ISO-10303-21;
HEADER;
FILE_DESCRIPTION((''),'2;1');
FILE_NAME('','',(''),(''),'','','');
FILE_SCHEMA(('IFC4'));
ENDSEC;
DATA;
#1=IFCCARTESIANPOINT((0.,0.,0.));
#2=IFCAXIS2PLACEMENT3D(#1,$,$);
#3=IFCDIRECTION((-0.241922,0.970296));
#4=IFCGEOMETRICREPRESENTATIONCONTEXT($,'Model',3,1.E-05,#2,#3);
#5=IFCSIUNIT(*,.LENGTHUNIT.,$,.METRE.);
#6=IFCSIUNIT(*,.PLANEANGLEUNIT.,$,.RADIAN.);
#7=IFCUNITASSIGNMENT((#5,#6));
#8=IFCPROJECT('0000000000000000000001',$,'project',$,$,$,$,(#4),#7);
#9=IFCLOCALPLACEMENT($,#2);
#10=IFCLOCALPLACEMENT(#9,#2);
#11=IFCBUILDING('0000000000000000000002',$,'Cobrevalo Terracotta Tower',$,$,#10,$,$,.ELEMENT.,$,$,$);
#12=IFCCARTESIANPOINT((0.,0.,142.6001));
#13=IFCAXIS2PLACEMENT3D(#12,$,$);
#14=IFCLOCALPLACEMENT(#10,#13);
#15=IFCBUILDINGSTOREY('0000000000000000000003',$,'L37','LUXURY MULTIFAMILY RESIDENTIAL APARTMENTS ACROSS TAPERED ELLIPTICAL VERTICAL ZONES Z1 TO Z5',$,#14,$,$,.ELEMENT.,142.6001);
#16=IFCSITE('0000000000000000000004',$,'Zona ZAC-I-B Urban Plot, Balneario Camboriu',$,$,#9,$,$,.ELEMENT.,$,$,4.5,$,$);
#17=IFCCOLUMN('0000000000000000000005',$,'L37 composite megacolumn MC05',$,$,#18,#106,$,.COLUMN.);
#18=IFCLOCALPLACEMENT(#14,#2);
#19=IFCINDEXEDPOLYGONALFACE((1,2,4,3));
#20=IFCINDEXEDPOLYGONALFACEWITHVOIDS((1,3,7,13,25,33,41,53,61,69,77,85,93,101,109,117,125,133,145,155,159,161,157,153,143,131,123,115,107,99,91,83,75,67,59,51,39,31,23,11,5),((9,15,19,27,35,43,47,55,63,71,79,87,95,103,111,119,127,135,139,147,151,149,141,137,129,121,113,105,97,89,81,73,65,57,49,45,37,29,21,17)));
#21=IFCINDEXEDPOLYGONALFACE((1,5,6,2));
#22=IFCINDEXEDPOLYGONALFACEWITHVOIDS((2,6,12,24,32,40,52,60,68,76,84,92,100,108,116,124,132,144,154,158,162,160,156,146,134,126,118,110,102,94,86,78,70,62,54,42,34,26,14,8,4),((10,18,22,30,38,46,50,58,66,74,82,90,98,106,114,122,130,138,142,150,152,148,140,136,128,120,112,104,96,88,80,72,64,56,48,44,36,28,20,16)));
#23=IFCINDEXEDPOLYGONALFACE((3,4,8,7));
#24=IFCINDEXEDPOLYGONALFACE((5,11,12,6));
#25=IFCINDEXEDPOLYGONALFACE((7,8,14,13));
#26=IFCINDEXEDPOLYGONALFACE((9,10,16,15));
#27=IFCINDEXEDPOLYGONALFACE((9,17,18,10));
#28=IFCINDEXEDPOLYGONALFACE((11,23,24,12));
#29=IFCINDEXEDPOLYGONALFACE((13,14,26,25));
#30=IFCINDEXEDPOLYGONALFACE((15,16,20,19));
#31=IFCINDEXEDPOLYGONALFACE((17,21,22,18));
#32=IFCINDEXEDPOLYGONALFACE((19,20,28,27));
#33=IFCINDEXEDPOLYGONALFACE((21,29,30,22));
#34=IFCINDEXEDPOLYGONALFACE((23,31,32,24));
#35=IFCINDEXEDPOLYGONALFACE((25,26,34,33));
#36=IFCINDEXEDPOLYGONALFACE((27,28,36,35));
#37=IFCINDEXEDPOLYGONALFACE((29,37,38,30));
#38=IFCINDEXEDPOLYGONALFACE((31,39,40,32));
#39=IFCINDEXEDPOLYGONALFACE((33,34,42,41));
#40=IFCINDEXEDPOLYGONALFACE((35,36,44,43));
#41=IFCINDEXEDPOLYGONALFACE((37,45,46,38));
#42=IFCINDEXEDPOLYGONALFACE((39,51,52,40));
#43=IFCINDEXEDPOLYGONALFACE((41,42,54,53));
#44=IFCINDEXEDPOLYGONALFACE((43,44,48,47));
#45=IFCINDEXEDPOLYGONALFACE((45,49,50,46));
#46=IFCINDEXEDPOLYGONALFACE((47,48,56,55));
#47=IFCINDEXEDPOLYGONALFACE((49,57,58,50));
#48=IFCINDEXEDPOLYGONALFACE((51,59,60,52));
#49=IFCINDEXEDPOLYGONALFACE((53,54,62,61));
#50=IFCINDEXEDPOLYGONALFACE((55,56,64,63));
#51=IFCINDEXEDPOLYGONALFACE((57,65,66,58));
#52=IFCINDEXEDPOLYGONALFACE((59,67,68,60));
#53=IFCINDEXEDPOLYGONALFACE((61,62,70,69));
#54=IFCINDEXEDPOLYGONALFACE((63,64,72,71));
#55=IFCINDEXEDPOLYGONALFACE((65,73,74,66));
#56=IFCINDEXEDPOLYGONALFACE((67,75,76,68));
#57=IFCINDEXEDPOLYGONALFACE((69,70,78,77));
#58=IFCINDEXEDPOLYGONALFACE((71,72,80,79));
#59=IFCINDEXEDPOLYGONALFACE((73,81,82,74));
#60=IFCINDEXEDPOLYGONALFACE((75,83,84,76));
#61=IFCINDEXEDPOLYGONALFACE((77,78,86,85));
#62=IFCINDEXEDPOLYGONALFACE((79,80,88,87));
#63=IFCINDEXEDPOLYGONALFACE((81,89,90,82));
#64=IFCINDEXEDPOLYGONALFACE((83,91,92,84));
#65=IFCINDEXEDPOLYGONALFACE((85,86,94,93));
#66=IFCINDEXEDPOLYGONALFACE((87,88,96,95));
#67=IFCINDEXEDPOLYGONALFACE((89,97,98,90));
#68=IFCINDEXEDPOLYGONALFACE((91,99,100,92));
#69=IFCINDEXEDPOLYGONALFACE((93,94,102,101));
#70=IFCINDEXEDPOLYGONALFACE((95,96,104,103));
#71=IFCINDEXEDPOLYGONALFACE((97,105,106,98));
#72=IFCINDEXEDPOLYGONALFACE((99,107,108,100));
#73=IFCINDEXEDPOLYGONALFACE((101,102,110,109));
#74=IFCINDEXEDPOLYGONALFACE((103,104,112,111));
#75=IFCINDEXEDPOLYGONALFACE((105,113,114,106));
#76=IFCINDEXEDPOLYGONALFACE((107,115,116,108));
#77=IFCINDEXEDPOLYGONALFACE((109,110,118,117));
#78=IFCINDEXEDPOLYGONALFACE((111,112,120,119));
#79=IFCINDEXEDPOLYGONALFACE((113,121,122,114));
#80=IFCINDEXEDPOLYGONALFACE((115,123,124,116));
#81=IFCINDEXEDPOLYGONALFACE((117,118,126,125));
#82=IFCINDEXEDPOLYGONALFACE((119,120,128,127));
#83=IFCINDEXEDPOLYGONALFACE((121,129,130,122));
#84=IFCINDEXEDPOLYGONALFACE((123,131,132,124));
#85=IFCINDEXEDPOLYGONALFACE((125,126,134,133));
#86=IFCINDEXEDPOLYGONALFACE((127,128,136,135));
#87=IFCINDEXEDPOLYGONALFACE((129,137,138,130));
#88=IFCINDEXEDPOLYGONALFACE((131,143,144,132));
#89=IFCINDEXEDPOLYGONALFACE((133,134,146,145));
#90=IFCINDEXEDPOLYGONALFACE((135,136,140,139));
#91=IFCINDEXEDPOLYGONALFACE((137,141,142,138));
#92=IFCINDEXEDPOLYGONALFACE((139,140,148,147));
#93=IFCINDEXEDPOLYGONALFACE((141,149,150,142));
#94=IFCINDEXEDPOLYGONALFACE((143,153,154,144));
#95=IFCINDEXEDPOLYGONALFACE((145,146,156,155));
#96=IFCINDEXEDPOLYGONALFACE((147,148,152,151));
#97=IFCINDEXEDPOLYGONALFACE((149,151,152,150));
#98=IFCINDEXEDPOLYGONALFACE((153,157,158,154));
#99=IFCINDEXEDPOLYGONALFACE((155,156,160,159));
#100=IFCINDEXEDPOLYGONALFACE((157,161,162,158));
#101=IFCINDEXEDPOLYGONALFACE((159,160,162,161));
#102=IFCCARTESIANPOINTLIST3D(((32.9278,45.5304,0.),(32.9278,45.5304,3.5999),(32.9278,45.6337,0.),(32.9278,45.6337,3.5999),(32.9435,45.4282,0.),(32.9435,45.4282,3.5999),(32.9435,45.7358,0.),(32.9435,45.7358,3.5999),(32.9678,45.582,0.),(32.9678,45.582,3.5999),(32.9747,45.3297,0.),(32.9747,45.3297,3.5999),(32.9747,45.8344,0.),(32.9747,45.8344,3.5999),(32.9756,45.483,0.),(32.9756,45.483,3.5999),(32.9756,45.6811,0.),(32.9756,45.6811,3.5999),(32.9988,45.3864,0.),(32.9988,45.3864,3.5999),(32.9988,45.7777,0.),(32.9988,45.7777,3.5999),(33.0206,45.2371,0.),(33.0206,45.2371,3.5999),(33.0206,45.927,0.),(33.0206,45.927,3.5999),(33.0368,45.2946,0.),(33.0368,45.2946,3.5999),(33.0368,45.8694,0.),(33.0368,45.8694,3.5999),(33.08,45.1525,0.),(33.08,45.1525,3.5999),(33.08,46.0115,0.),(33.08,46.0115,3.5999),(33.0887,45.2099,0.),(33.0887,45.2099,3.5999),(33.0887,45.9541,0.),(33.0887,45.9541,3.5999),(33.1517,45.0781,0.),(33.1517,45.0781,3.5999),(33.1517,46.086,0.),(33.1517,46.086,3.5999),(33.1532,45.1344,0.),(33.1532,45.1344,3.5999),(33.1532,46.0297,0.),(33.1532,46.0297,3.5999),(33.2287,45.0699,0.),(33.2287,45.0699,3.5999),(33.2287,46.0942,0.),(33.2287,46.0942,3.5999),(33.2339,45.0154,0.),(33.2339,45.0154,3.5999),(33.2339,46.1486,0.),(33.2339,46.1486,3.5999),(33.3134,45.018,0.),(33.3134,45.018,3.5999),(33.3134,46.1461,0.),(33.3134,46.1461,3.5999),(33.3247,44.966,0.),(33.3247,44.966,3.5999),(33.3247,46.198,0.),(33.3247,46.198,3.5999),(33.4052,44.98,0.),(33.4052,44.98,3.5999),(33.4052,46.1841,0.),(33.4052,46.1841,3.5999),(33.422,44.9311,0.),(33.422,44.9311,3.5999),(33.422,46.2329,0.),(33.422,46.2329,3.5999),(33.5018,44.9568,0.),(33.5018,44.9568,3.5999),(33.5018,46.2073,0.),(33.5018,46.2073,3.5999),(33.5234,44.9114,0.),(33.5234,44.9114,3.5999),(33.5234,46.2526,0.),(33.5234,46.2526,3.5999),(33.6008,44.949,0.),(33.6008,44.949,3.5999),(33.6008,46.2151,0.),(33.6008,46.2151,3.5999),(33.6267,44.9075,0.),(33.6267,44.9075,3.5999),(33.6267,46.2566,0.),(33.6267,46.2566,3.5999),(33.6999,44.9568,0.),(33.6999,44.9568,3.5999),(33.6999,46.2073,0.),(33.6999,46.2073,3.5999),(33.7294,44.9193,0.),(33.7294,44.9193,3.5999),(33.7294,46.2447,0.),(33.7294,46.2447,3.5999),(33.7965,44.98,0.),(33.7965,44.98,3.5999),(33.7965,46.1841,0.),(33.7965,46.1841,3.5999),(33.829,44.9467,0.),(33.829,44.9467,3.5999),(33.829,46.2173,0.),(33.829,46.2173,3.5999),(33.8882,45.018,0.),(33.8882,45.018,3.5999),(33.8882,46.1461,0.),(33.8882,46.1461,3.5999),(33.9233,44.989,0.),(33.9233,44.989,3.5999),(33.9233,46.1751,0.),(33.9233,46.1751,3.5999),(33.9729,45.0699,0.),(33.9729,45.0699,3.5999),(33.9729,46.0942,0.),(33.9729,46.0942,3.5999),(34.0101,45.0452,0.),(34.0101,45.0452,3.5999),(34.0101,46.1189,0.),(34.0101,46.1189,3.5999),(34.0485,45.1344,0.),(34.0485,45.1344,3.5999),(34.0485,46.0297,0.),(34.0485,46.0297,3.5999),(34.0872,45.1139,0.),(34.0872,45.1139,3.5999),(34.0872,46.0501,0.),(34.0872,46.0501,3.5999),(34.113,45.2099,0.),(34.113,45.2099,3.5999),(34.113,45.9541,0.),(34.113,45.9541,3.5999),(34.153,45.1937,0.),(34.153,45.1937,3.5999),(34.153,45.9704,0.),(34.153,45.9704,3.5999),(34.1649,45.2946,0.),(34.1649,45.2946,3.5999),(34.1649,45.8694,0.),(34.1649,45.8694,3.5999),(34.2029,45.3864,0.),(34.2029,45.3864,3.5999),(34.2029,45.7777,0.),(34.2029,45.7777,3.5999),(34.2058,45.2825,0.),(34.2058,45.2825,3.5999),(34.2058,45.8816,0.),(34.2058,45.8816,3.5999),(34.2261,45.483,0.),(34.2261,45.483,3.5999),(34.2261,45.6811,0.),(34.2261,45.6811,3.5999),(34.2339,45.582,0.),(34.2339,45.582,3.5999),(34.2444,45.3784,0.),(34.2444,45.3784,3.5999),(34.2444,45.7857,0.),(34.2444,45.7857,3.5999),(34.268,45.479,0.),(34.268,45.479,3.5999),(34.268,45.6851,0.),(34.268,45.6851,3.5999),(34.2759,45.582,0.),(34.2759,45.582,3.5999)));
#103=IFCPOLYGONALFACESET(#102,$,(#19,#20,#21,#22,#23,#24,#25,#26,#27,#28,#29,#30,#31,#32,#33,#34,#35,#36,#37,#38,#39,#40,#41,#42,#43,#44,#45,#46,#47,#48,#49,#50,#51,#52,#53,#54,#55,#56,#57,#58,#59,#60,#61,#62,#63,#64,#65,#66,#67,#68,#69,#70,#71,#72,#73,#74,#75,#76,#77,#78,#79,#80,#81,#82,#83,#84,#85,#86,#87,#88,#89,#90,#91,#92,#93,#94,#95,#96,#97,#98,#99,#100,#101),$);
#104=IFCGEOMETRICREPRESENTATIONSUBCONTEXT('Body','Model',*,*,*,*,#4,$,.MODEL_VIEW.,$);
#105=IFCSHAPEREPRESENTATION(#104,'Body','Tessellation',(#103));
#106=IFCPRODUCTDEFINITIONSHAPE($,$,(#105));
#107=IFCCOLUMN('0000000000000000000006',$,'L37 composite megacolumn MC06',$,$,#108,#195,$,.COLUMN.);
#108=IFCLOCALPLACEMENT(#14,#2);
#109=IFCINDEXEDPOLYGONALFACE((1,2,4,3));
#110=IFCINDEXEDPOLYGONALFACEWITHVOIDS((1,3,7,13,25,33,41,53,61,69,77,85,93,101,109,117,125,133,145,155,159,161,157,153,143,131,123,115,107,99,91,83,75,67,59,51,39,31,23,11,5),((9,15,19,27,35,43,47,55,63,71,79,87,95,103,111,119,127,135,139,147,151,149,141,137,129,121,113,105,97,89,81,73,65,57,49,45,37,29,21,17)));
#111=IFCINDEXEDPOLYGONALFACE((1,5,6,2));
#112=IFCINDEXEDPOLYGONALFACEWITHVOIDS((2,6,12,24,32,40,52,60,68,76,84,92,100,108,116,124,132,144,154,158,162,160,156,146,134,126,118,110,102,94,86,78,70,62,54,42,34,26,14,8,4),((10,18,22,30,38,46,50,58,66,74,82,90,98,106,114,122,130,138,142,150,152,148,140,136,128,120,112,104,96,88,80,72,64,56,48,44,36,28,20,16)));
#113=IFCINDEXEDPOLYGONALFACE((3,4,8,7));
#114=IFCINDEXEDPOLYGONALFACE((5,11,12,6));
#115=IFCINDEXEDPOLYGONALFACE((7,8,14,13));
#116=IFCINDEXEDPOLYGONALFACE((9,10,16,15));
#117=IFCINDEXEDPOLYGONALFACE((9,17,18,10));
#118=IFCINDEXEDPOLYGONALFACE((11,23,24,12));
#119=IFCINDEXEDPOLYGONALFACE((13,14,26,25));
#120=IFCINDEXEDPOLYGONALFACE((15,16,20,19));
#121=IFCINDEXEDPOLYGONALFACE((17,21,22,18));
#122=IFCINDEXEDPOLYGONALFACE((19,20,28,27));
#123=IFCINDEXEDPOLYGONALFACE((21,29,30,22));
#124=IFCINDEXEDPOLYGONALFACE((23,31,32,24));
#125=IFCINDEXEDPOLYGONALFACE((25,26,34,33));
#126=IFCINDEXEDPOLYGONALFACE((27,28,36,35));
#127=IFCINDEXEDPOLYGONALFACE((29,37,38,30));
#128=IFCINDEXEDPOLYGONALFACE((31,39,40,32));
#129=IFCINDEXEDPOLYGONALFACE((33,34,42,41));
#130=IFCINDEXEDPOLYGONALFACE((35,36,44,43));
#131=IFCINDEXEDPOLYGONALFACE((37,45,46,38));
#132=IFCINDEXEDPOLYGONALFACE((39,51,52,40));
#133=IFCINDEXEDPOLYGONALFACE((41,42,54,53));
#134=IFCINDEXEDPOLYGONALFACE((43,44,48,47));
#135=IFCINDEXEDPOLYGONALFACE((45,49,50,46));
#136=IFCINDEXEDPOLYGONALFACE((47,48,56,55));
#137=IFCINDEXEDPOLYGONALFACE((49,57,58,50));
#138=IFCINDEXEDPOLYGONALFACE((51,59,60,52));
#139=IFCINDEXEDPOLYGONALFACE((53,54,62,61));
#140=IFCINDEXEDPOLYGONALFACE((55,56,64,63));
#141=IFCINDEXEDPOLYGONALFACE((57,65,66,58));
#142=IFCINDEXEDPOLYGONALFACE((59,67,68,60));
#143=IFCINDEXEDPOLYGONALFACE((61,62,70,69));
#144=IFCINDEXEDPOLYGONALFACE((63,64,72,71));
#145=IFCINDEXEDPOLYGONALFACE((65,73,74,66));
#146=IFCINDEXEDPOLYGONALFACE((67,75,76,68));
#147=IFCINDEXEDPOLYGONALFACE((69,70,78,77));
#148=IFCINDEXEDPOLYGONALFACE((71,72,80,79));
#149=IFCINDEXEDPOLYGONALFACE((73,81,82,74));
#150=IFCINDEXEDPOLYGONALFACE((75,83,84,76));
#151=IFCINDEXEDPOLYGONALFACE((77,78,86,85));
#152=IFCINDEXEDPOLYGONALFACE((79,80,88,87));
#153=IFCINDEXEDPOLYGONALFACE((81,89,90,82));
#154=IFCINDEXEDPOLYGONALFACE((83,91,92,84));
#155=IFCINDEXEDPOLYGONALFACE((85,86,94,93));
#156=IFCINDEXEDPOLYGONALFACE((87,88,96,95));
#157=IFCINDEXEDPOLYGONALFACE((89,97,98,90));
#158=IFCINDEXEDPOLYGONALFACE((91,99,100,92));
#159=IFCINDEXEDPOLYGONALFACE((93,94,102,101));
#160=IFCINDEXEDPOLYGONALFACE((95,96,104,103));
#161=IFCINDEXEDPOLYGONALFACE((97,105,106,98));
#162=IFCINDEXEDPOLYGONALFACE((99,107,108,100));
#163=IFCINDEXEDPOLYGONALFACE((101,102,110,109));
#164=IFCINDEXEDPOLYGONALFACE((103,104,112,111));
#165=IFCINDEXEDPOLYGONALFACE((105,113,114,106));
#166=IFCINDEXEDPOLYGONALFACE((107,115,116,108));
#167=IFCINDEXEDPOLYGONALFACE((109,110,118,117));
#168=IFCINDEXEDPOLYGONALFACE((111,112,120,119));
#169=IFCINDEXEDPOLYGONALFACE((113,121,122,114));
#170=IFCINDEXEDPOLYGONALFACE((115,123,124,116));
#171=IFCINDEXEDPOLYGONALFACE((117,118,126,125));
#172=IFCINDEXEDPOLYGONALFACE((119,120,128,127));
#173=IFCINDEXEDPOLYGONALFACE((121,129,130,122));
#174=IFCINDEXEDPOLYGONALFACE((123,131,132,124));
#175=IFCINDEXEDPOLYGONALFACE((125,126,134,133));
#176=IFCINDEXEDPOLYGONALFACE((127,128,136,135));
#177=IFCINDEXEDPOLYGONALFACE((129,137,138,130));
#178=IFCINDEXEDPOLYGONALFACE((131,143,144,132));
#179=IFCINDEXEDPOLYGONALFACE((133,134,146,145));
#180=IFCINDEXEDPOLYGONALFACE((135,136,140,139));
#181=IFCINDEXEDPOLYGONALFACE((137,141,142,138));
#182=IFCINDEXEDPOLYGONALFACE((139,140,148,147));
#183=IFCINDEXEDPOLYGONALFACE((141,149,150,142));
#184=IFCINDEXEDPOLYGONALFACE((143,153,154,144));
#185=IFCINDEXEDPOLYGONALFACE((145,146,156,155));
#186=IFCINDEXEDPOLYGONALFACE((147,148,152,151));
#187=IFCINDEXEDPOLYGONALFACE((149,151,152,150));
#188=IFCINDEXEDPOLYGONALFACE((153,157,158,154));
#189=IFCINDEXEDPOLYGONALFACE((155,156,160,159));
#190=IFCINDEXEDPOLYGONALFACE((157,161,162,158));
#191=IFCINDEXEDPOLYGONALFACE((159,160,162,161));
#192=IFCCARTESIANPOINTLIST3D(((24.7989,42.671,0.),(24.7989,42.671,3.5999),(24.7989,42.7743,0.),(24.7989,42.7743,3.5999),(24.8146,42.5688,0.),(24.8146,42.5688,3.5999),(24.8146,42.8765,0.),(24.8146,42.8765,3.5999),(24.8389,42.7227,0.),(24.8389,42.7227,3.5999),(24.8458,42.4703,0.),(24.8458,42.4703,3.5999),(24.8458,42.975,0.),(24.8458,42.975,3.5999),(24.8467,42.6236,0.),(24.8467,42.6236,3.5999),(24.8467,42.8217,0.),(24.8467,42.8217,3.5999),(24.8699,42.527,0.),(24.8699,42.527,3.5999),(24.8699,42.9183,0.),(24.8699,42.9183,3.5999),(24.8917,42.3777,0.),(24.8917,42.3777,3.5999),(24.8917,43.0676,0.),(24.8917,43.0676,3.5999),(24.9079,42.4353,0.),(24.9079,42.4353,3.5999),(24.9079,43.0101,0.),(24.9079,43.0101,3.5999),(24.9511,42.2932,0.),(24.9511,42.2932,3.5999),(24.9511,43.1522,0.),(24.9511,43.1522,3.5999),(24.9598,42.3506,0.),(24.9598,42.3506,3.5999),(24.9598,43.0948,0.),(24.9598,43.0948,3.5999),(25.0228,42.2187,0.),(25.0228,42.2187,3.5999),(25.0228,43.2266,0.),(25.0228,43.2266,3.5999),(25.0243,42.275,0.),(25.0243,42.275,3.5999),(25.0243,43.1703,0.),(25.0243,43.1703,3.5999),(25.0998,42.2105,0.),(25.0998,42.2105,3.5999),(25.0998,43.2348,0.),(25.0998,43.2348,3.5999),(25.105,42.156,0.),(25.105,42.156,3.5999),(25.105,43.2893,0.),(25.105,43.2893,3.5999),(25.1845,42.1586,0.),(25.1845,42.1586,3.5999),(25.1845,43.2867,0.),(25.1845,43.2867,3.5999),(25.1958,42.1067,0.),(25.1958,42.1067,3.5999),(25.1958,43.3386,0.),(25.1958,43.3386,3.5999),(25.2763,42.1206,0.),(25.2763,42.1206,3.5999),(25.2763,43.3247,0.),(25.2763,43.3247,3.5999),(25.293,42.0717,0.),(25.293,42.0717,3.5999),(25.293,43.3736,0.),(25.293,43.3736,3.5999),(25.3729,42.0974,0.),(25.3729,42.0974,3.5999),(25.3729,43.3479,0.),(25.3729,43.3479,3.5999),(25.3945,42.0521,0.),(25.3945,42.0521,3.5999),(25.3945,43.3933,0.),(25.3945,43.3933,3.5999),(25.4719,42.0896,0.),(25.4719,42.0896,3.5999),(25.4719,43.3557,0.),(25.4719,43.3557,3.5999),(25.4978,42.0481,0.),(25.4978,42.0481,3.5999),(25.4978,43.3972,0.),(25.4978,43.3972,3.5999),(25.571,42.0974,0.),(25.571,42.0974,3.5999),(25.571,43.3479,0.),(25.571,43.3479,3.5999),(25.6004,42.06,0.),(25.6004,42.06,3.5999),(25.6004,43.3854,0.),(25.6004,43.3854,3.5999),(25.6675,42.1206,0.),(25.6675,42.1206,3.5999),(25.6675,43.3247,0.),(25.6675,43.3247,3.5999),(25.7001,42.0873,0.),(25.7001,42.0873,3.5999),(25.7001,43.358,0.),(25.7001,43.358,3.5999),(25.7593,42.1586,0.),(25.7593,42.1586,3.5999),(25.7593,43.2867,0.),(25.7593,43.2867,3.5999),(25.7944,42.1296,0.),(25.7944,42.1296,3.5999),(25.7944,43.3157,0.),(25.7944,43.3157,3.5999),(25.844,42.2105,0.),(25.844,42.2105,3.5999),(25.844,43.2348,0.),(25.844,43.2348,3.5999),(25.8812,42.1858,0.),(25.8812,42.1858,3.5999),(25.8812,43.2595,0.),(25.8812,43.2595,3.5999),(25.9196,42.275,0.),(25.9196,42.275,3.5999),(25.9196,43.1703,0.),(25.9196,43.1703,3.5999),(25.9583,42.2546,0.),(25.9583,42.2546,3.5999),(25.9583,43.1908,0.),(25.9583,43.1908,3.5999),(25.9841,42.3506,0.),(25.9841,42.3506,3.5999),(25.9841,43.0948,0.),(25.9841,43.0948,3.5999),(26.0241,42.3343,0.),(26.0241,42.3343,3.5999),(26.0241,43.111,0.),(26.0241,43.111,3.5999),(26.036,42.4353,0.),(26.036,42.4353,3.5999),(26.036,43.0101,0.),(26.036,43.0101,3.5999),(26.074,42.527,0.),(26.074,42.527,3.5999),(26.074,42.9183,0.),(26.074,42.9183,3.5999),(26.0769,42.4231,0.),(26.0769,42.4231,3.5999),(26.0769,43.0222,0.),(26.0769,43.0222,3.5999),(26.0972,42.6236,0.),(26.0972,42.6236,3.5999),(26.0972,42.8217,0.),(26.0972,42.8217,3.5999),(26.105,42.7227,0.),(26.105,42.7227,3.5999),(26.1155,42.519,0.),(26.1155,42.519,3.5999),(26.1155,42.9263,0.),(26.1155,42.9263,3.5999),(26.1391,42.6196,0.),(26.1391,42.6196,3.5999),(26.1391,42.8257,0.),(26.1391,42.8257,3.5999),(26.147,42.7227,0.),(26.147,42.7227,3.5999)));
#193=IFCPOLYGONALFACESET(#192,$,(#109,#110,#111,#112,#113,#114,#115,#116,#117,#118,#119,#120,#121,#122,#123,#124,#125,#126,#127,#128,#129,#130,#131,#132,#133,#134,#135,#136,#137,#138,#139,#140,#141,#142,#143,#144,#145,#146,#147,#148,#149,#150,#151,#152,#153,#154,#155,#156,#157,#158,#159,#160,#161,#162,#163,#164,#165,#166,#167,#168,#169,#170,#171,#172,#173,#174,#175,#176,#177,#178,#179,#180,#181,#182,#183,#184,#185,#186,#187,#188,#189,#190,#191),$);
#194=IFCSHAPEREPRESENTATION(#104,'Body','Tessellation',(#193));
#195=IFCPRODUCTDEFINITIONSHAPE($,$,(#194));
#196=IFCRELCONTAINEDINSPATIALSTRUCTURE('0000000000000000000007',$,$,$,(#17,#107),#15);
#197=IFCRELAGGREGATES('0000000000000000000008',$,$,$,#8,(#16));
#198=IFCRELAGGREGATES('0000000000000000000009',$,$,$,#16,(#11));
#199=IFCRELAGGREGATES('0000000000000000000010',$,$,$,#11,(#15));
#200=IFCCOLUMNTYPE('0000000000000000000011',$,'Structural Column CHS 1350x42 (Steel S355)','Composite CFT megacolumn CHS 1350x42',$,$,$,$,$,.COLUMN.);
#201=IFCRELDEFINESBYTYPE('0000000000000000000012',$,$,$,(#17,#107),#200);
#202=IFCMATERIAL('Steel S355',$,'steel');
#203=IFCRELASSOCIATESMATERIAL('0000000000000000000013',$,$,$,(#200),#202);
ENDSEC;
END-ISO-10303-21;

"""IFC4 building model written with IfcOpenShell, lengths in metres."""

from ifc_helpers import new_model, si_unit, direction, frame, origin, origin_2d, place, context, subcontext, project, spatial, hollow_circle, extrude, material, material_profile, profile_set, type_object, element, save


model = new_model("IFC4")

# Units and contexts
model_context = context("Model", 3, precision=1e-05, world=origin(), true_north=direction((-0.241922, 0.970296)))
body_context = subcontext(model_context, "Body", "Model", "MODEL_VIEW")
ifc_project = project(units=[si_unit("LENGTHUNIT", "METRE"), si_unit("PLANEANGLEUNIT", "RADIAN")], contexts=[model_context])

# Site, building, storey
site_placement = place(None, origin())
site = spatial("IfcSite", under=ifc_project, at=site_placement, Name="Zona ZAC-I-B Urban Plot, Balneario Camboriu", CompositionType="ELEMENT", RefElevation=4.5)
building_placement = place(site_placement, origin())
building = spatial("IfcBuilding", under=site, at=building_placement, Name="Cobrevalo Terracotta Tower", CompositionType="ELEMENT")
storey_placement = place(building_placement, frame((0.0, 0.0, 142.6001)))
storey = spatial("IfcBuildingStorey", under=building, at=storey_placement, Name="L37", Description="LUXURY MULTIFAMILY RESIDENTIAL APARTMENTS ACROSS TAPERED ELLIPTICAL VERTICAL ZONES Z1 TO Z5", CompositionType="ELEMENT", Elevation=142.6001)

# Columns
ifc_material_1 = material(Name="Steel S355", Category="steel")
ifc_material_profile_1 = material_profile(ifc_material_1, hollow_circle(Radius=0.675, WallThickness=0.042, at=origin_2d()), Name="CHS 1350x42")
ifc_profile_set_1 = profile_set([ifc_material_profile_1], Name="Steel S355")
column_type_1 = type_object("IfcColumnType", Name="Structural Column CHS 1350x42 (Steel S355)", Description="Composite CFT megacolumn CHS 1350x42", PredefinedType="COLUMN", material=ifc_profile_set_1)
for number, where, z_axis, x_axis, name in (
    (1, (33.6008, 45.582, 0.0), (0.0, 0.0, 1.0), (1.0, 0.0, 0.0), "L37 composite megacolumn MC05"),
    (2, (25.4719, 42.7227, 0.0), (0.0, 0.0, 1.0), (1.0, 0.0, 0.0), "L37 composite megacolumn MC06"),
):
    element("IfcColumn", number, at=place(storey_placement, frame(where, z_axis=z_axis, x_axis=x_axis)), inside=storey, type_object=column_type_1, Name=name, PredefinedType="COLUMN", context=body_context, shape_type="SweptSolid", body=[
        extrude(hollow_circle(Radius=0.675, WallThickness=0.042, at=origin_2d()), origin(), (0.0, 0.0, 1.0), 3.5999),
    ])

save(model, "model.ifc")
